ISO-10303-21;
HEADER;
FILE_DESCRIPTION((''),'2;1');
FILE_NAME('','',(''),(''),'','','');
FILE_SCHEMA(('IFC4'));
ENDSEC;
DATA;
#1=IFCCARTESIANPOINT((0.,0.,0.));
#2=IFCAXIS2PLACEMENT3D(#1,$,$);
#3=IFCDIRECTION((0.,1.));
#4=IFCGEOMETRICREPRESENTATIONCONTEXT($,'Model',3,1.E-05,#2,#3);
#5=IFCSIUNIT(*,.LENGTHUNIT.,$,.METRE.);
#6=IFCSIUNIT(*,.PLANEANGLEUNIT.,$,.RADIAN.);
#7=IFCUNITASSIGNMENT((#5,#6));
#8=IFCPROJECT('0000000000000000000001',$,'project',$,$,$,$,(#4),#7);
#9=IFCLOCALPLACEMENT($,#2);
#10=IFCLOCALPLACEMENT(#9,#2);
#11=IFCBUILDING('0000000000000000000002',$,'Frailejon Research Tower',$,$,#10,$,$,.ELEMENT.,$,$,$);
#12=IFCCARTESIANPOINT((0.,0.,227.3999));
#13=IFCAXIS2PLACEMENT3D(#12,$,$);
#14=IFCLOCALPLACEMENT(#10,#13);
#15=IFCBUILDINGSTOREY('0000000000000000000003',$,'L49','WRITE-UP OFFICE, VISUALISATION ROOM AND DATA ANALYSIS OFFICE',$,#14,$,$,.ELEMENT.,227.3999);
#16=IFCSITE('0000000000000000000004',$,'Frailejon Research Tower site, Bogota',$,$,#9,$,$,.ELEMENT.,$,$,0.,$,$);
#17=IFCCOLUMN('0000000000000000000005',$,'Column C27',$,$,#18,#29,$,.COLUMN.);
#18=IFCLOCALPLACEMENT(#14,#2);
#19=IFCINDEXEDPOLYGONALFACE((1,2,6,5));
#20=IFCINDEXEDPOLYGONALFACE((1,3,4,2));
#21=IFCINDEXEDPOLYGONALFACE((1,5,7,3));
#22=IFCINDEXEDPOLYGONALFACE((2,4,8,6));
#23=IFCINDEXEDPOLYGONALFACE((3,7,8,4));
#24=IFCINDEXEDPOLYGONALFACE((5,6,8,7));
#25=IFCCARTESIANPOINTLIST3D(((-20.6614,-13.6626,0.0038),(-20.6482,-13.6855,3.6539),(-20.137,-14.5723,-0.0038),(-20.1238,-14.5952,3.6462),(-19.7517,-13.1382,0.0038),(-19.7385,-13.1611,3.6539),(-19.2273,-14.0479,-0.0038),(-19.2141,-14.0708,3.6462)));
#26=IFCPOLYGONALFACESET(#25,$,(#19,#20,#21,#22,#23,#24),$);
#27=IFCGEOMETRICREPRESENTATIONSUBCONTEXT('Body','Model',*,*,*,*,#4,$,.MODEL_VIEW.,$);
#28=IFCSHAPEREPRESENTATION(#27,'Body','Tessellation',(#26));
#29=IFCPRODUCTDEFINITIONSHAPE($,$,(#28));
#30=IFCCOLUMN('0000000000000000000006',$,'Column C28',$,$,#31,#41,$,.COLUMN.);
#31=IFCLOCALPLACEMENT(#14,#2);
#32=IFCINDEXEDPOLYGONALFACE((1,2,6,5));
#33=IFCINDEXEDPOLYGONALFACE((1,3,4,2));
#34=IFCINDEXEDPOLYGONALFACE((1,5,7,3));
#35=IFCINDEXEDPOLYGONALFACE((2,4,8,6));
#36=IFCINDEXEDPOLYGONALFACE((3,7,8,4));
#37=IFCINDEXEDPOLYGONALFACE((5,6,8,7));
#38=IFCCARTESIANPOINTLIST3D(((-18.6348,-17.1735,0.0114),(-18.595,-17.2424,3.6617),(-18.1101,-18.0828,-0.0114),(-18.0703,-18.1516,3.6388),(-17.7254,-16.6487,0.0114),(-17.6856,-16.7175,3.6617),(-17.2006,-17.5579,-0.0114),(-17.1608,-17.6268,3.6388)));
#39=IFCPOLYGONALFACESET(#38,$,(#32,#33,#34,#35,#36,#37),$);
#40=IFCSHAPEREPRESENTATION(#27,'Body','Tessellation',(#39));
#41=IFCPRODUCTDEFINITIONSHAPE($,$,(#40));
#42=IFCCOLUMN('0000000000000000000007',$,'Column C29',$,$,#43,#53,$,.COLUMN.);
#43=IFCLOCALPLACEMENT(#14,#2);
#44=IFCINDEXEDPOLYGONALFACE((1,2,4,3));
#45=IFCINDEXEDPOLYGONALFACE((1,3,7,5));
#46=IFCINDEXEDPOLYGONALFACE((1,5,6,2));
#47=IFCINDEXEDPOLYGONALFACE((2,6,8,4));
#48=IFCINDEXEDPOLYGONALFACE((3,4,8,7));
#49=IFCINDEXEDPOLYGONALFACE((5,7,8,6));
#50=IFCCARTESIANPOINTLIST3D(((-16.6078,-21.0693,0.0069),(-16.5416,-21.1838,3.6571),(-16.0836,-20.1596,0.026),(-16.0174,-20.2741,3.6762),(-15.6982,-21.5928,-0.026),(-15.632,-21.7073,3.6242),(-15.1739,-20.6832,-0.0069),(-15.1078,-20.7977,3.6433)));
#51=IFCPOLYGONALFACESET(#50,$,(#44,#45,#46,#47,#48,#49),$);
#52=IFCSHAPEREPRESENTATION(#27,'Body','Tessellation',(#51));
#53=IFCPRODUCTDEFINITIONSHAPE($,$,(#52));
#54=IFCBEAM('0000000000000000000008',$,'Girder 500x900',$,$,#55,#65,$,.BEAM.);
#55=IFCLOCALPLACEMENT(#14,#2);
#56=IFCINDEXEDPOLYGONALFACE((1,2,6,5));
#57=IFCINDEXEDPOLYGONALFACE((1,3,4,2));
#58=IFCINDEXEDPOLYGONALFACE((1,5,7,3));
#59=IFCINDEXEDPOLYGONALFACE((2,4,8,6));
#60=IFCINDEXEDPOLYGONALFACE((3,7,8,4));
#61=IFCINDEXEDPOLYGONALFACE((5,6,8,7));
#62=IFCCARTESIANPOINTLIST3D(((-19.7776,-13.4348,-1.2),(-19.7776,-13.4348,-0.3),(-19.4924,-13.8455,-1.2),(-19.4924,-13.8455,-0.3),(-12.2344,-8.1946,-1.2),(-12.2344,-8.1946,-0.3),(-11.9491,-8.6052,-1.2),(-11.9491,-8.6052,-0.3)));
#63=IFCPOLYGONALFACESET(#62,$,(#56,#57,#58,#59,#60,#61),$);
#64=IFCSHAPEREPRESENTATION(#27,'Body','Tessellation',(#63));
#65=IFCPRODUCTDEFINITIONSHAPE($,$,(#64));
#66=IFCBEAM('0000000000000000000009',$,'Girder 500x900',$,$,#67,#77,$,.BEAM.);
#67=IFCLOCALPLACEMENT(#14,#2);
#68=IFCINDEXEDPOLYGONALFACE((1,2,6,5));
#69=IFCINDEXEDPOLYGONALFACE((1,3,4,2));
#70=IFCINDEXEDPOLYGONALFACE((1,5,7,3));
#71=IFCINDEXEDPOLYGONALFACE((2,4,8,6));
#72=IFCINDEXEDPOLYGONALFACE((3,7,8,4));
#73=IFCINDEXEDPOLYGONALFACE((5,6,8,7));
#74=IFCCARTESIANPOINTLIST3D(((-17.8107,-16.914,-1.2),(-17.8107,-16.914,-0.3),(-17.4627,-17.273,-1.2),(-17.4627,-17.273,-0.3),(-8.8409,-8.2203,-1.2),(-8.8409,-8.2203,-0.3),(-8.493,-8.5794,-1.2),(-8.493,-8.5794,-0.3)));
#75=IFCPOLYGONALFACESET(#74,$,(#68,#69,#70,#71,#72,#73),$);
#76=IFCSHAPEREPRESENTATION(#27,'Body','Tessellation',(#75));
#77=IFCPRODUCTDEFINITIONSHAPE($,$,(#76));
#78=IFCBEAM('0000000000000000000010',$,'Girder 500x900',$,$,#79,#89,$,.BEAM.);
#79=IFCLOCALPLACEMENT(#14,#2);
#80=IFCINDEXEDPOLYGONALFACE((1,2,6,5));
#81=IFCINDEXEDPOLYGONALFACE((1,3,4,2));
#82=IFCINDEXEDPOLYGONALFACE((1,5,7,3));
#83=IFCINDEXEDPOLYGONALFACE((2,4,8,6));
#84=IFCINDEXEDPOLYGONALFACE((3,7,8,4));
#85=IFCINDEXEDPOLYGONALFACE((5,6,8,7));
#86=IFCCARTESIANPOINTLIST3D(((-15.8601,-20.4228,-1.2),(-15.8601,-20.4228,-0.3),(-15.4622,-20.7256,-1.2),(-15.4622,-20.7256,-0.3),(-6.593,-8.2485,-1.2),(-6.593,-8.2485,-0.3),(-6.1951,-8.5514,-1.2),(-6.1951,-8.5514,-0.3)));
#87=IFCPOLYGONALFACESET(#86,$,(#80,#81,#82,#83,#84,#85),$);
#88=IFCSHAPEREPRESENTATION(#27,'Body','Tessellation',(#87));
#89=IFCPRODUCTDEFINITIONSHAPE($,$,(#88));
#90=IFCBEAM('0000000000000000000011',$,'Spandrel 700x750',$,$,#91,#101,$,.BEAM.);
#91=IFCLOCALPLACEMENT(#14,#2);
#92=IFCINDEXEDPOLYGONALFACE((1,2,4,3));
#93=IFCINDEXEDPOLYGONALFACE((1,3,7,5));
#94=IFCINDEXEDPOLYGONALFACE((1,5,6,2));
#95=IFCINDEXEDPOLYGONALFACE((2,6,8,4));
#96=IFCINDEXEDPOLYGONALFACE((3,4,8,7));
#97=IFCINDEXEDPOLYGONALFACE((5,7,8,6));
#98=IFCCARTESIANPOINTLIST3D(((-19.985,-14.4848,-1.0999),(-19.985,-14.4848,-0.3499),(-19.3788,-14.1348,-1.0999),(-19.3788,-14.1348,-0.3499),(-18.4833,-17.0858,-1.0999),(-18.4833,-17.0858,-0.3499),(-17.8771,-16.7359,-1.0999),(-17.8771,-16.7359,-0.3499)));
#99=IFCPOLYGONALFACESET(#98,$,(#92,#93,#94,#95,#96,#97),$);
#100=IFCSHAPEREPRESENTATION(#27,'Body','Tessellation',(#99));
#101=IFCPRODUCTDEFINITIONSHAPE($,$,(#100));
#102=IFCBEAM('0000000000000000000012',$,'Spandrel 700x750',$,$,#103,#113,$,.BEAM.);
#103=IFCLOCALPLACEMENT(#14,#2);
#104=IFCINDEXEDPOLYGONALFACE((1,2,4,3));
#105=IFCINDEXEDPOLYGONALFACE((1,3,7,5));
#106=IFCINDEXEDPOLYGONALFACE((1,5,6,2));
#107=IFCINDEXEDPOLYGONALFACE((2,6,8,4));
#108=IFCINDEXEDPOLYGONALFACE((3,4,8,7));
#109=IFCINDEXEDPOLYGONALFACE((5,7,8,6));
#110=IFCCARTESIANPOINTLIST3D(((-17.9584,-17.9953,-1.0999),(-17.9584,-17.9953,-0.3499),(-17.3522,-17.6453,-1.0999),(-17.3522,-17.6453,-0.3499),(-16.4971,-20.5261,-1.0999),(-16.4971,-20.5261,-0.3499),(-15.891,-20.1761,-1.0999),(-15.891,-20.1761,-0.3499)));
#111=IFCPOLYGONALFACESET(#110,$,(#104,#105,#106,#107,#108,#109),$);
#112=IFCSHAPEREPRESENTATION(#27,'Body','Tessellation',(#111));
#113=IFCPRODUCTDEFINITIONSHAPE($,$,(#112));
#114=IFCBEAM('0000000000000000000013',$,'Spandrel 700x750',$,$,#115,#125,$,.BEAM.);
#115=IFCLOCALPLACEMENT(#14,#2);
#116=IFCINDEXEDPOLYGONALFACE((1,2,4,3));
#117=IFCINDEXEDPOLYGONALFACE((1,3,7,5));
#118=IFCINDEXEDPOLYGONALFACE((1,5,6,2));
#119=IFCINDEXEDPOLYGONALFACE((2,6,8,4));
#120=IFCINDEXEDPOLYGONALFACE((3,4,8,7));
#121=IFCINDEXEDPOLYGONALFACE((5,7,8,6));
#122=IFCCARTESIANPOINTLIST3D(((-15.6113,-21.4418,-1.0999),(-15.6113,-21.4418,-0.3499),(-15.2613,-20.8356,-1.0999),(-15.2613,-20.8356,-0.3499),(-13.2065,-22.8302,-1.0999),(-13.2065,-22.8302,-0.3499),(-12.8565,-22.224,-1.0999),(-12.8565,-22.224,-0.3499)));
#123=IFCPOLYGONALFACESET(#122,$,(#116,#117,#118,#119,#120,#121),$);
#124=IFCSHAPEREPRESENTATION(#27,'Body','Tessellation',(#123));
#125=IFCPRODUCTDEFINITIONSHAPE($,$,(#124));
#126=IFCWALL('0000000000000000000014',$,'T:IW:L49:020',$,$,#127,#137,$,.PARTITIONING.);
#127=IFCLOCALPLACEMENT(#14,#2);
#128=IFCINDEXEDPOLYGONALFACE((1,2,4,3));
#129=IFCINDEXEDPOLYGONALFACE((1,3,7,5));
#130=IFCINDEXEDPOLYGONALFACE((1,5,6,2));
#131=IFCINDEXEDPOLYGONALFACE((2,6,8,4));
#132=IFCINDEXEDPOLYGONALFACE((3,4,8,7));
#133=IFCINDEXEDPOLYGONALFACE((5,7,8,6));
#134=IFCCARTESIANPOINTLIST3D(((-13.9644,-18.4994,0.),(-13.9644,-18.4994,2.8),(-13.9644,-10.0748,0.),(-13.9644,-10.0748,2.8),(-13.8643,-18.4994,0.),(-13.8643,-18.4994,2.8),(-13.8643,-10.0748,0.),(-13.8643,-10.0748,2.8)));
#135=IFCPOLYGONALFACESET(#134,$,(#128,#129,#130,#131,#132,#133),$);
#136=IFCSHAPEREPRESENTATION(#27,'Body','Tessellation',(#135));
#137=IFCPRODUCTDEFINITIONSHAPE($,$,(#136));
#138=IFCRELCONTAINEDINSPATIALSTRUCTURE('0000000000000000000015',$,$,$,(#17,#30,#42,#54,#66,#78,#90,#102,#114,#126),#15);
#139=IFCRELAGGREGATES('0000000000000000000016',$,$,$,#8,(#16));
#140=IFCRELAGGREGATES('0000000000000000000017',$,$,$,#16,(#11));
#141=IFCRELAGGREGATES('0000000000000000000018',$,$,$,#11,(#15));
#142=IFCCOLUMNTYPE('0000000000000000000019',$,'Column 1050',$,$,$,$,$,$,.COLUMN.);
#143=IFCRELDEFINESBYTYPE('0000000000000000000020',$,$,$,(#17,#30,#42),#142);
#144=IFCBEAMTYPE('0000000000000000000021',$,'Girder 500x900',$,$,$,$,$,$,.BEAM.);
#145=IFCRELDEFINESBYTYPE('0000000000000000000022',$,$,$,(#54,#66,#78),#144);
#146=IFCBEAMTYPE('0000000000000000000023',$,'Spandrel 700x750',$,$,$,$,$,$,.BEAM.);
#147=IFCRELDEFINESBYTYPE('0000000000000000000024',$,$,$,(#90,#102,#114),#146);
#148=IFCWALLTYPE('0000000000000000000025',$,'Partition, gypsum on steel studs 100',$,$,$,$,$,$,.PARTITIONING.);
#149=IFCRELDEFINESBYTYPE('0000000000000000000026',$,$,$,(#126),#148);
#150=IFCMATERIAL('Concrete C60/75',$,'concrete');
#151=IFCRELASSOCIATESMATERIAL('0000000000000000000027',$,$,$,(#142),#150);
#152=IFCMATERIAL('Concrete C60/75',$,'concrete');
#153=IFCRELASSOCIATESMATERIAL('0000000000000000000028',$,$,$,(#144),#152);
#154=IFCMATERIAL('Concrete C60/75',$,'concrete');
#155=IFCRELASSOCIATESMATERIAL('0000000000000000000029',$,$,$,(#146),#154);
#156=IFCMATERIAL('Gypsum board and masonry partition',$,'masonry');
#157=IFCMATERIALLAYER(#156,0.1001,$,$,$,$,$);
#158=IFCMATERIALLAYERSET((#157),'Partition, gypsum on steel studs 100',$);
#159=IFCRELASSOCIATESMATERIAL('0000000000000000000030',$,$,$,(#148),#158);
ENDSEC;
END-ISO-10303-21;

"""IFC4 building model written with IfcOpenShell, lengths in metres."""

from ifc_helpers import new_model, si_unit, direction, frame, frame_2d, origin, origin_2d, place, context, subcontext, project, spatial, rectangle, extrude, material, layer, layer_set, material_profile, profile_set, type_object, element, save


model = new_model("IFC4")

# Units and contexts
model_context = context("Model", 3, precision=1e-05, world=origin(), true_north=direction((0.0, 1.0)))
body_context = subcontext(model_context, "Body", "Model", "MODEL_VIEW")
ifc_project = project(units=[si_unit("LENGTHUNIT", "METRE"), si_unit("PLANEANGLEUNIT", "RADIAN")], contexts=[model_context])

# Site, building, storey
site_placement = place(None, origin())
site = spatial("IfcSite", under=ifc_project, at=site_placement, Name="Frailejon Research Tower site, Bogota", CompositionType="ELEMENT", RefElevation=0.0)
building_placement = place(site_placement, origin())
building = spatial("IfcBuilding", under=site, at=building_placement, Name="Frailejon Research Tower", CompositionType="ELEMENT")
storey_placement = place(building_placement, frame((0.0, 0.0, 227.3999)))
storey = spatial("IfcBuildingStorey", under=building, at=storey_placement, Name="L49", Description="WRITE-UP OFFICE, VISUALISATION ROOM AND DATA ANALYSIS OFFICE", CompositionType="ELEMENT", Elevation=227.3999)

# Columns
ifc_material_1 = material(Name="Concrete C60/75", Category="concrete")
ifc_material_profile_1 = material_profile(ifc_material_1, rectangle(XDim=1.05, YDim=1.05, at=origin_2d()), Name="Column 1050")
ifc_profile_set_1 = profile_set([ifc_material_profile_1], Name="Concrete C60/75")
column_type = type_object("IfcColumnType", Name="Column 1050", PredefinedType="COLUMN", material=ifc_profile_set_1)
column_1_placement = place(storey_placement, frame((-19.9443, -13.8552, 0.0), z_axis=(0.003612, -0.006287, 0.999974), x_axis=(0.499382, -0.866352, -0.007251)))
element("IfcColumn", 1, at=column_1_placement, inside=storey, type_object=column_type, Name="Column C27", PredefinedType="COLUMN", context=body_context, shape_type="SweptSolid", body=[
    extrude(rectangle(XDim=1.05, YDim=1.05, at=origin_2d()), origin(), (0.0, 0.0, 1.0), 3.6501),
])
column_2_placement = place(storey_placement, frame((-17.9177, -17.3657, 0.0), z_axis=(0.0109, -0.018857, 0.999763), x_axis=(0.499729, -0.865908, -0.021781)))
element("IfcColumn", 2, at=column_2_placement, inside=storey, type_object=column_type, Name="Column C28", PredefinedType="COLUMN", context=body_context, shape_type="SweptSolid", body=[
    extrude(rectangle(XDim=1.05, YDim=1.05, at=origin_2d()), origin(), (0.0, 0.0, 1.0), 3.6511),
])
column_3_placement = place(storey_placement, frame((-15.8909, -20.8762, 0.0), z_axis=(0.018114, -0.031349, 0.999344), x_axis=(0.866279, -0.498576, -0.031342)))
element("IfcColumn", 3, at=column_3_placement, inside=storey, type_object=column_type, Name="Column C29", PredefinedType="COLUMN", context=body_context, shape_type="SweptSolid", body=[
    extrude(rectangle(XDim=1.05, YDim=1.05, at=origin_2d()), origin(), (0.0, 0.0, 1.0), 3.6526),
])

# Beams
ifc_material_2 = material(Name="Concrete C60/75", Category="concrete")
ifc_material_profile_2 = material_profile(ifc_material_2, rectangle(XDim=0.5, YDim=0.8999, at=origin_2d()), Name="Girder 500x900")
ifc_profile_set_2 = profile_set([ifc_material_profile_2], Name="Concrete C60/75")
beam_type_1 = type_object("IfcBeamType", Name="Girder 500x900", PredefinedType="BEAM", material=ifc_profile_set_2)
beam_1_placement = place(storey_placement, frame((-19.635, -13.6401, -0.75), z_axis=(0.821273, 0.570535, 0.0), x_axis=(-0.570535, 0.821273, 0.0)))
element("IfcBeam", 4, at=beam_1_placement, inside=storey, type_object=beam_type_1, Name="Girder 500x900", PredefinedType="BEAM", context=body_context, shape_type="SweptSolid", body=[
    extrude(rectangle(XDim=0.5, YDim=0.8999, at=origin_2d()), origin(), (0.0, 0.0, 1.0), 9.1848),
])
beam_2_placement = place(storey_placement, frame((-17.6367, -17.0935, -0.75), z_axis=(0.718073, 0.695968, 0.0), x_axis=(-0.695968, 0.718073, 0.0)))
element("IfcBeam", 5, at=beam_2_placement, inside=storey, type_object=beam_type_1, Name="Girder 500x900", PredefinedType="BEAM", context=body_context, shape_type="SweptSolid", body=[
    extrude(rectangle(XDim=0.5, YDim=0.8999, at=origin_2d()), origin(), (0.0, 0.0, 1.0), 12.4915),
])
beam_3_placement = place(storey_placement, frame((-15.6611, -20.5742, -0.75), z_axis=(0.605688, 0.795702, 0.0), x_axis=(-0.795702, 0.605688, 0.0)))
element("IfcBeam", 6, at=beam_3_placement, inside=storey, type_object=beam_type_1, Name="Girder 500x900", PredefinedType="BEAM", context=body_context, shape_type="SweptSolid", body=[
    extrude(rectangle(XDim=0.5, YDim=0.8999, at=origin_2d()), origin(), (0.0, 0.0, 1.0), 15.3),
])
ifc_material_3 = material(Name="Concrete C60/75", Category="concrete")
ifc_material_profile_3 = material_profile(ifc_material_3, rectangle(XDim=0.7, YDim=0.75, at=origin_2d()), Name="Spandrel 700x750")
ifc_profile_set_3 = profile_set([ifc_material_profile_3], Name="Concrete C60/75")
beam_type_2 = type_object("IfcBeamType", Name="Spandrel 700x750", PredefinedType="BEAM", material=ifc_profile_set_3)
beam_4_placement = place(storey_placement, frame((-19.6819, -14.3098, -0.7249), z_axis=(0.499995, -0.866029, 0.0), x_axis=(0.866029, 0.499995, 0.0)))
element("IfcBeam", 7, at=beam_4_placement, inside=storey, type_object=beam_type_2, Name="Spandrel 700x750", PredefinedType="BEAM", context=body_context, shape_type="SweptSolid", body=[
    extrude(rectangle(XDim=0.7, YDim=0.75, at=origin_2d()), origin(), (0.0, 0.0, 1.0), 3.0034),
])
beam_5_placement = place(storey_placement, frame((-17.6553, -17.8203, -0.7249), z_axis=(0.500012, -0.866019, 0.0), x_axis=(0.866019, 0.500012, 0.0)))
element("IfcBeam", 8, at=beam_5_placement, inside=storey, type_object=beam_type_2, Name="Spandrel 700x750", PredefinedType="BEAM", context=body_context, shape_type="SweptSolid", body=[
    extrude(rectangle(XDim=0.7, YDim=0.75, at=origin_2d()), origin(), (0.0, 0.0, 1.0), 2.9224),
])
beam_6_placement = place(storey_placement, frame((-15.4363, -21.1387, -0.7249), z_axis=(0.866022, -0.500007, 0.0), x_axis=(0.500007, 0.866022, 0.0)))
element("IfcBeam", 9, at=beam_6_placement, inside=storey, type_object=beam_type_2, Name="Spandrel 700x750", PredefinedType="BEAM", context=body_context, shape_type="SweptSolid", body=[
    extrude(rectangle(XDim=0.7, YDim=0.75, at=origin_2d()), origin(), (0.0, 0.0, 1.0), 2.7769),
])

# Wall
ifc_material_4 = material(Name="Gypsum board and masonry partition", Category="masonry")
ifc_layer_1 = layer(ifc_material_4, 0.1001)
ifc_layer_set_1 = layer_set([ifc_layer_1], Name="Partition, gypsum on steel studs 100")
wall_type_1 = type_object("IfcWallType", Name="Partition, gypsum on steel studs 100", PredefinedType="PARTITIONING", material=ifc_layer_set_1)
wall_1_placement = place(storey_placement, frame((-13.9143, -18.4995, 0.0), z_axis=(0.0, 0.0, 1.0), x_axis=(0.0, 1.0, 0.0)))
element("IfcWall", 10, at=wall_1_placement, inside=storey, type_object=wall_type_1, Name="T:IW:L49:020", PredefinedType="PARTITIONING", context=body_context, shape_type="SweptSolid", body=[
    extrude(rectangle(XDim=8.4246, YDim=0.1001, at=frame_2d((4.2124, 0.0))), origin(), (0.0, 0.0, 1.0), 2.8),
])

save(model, "model.ifc")
